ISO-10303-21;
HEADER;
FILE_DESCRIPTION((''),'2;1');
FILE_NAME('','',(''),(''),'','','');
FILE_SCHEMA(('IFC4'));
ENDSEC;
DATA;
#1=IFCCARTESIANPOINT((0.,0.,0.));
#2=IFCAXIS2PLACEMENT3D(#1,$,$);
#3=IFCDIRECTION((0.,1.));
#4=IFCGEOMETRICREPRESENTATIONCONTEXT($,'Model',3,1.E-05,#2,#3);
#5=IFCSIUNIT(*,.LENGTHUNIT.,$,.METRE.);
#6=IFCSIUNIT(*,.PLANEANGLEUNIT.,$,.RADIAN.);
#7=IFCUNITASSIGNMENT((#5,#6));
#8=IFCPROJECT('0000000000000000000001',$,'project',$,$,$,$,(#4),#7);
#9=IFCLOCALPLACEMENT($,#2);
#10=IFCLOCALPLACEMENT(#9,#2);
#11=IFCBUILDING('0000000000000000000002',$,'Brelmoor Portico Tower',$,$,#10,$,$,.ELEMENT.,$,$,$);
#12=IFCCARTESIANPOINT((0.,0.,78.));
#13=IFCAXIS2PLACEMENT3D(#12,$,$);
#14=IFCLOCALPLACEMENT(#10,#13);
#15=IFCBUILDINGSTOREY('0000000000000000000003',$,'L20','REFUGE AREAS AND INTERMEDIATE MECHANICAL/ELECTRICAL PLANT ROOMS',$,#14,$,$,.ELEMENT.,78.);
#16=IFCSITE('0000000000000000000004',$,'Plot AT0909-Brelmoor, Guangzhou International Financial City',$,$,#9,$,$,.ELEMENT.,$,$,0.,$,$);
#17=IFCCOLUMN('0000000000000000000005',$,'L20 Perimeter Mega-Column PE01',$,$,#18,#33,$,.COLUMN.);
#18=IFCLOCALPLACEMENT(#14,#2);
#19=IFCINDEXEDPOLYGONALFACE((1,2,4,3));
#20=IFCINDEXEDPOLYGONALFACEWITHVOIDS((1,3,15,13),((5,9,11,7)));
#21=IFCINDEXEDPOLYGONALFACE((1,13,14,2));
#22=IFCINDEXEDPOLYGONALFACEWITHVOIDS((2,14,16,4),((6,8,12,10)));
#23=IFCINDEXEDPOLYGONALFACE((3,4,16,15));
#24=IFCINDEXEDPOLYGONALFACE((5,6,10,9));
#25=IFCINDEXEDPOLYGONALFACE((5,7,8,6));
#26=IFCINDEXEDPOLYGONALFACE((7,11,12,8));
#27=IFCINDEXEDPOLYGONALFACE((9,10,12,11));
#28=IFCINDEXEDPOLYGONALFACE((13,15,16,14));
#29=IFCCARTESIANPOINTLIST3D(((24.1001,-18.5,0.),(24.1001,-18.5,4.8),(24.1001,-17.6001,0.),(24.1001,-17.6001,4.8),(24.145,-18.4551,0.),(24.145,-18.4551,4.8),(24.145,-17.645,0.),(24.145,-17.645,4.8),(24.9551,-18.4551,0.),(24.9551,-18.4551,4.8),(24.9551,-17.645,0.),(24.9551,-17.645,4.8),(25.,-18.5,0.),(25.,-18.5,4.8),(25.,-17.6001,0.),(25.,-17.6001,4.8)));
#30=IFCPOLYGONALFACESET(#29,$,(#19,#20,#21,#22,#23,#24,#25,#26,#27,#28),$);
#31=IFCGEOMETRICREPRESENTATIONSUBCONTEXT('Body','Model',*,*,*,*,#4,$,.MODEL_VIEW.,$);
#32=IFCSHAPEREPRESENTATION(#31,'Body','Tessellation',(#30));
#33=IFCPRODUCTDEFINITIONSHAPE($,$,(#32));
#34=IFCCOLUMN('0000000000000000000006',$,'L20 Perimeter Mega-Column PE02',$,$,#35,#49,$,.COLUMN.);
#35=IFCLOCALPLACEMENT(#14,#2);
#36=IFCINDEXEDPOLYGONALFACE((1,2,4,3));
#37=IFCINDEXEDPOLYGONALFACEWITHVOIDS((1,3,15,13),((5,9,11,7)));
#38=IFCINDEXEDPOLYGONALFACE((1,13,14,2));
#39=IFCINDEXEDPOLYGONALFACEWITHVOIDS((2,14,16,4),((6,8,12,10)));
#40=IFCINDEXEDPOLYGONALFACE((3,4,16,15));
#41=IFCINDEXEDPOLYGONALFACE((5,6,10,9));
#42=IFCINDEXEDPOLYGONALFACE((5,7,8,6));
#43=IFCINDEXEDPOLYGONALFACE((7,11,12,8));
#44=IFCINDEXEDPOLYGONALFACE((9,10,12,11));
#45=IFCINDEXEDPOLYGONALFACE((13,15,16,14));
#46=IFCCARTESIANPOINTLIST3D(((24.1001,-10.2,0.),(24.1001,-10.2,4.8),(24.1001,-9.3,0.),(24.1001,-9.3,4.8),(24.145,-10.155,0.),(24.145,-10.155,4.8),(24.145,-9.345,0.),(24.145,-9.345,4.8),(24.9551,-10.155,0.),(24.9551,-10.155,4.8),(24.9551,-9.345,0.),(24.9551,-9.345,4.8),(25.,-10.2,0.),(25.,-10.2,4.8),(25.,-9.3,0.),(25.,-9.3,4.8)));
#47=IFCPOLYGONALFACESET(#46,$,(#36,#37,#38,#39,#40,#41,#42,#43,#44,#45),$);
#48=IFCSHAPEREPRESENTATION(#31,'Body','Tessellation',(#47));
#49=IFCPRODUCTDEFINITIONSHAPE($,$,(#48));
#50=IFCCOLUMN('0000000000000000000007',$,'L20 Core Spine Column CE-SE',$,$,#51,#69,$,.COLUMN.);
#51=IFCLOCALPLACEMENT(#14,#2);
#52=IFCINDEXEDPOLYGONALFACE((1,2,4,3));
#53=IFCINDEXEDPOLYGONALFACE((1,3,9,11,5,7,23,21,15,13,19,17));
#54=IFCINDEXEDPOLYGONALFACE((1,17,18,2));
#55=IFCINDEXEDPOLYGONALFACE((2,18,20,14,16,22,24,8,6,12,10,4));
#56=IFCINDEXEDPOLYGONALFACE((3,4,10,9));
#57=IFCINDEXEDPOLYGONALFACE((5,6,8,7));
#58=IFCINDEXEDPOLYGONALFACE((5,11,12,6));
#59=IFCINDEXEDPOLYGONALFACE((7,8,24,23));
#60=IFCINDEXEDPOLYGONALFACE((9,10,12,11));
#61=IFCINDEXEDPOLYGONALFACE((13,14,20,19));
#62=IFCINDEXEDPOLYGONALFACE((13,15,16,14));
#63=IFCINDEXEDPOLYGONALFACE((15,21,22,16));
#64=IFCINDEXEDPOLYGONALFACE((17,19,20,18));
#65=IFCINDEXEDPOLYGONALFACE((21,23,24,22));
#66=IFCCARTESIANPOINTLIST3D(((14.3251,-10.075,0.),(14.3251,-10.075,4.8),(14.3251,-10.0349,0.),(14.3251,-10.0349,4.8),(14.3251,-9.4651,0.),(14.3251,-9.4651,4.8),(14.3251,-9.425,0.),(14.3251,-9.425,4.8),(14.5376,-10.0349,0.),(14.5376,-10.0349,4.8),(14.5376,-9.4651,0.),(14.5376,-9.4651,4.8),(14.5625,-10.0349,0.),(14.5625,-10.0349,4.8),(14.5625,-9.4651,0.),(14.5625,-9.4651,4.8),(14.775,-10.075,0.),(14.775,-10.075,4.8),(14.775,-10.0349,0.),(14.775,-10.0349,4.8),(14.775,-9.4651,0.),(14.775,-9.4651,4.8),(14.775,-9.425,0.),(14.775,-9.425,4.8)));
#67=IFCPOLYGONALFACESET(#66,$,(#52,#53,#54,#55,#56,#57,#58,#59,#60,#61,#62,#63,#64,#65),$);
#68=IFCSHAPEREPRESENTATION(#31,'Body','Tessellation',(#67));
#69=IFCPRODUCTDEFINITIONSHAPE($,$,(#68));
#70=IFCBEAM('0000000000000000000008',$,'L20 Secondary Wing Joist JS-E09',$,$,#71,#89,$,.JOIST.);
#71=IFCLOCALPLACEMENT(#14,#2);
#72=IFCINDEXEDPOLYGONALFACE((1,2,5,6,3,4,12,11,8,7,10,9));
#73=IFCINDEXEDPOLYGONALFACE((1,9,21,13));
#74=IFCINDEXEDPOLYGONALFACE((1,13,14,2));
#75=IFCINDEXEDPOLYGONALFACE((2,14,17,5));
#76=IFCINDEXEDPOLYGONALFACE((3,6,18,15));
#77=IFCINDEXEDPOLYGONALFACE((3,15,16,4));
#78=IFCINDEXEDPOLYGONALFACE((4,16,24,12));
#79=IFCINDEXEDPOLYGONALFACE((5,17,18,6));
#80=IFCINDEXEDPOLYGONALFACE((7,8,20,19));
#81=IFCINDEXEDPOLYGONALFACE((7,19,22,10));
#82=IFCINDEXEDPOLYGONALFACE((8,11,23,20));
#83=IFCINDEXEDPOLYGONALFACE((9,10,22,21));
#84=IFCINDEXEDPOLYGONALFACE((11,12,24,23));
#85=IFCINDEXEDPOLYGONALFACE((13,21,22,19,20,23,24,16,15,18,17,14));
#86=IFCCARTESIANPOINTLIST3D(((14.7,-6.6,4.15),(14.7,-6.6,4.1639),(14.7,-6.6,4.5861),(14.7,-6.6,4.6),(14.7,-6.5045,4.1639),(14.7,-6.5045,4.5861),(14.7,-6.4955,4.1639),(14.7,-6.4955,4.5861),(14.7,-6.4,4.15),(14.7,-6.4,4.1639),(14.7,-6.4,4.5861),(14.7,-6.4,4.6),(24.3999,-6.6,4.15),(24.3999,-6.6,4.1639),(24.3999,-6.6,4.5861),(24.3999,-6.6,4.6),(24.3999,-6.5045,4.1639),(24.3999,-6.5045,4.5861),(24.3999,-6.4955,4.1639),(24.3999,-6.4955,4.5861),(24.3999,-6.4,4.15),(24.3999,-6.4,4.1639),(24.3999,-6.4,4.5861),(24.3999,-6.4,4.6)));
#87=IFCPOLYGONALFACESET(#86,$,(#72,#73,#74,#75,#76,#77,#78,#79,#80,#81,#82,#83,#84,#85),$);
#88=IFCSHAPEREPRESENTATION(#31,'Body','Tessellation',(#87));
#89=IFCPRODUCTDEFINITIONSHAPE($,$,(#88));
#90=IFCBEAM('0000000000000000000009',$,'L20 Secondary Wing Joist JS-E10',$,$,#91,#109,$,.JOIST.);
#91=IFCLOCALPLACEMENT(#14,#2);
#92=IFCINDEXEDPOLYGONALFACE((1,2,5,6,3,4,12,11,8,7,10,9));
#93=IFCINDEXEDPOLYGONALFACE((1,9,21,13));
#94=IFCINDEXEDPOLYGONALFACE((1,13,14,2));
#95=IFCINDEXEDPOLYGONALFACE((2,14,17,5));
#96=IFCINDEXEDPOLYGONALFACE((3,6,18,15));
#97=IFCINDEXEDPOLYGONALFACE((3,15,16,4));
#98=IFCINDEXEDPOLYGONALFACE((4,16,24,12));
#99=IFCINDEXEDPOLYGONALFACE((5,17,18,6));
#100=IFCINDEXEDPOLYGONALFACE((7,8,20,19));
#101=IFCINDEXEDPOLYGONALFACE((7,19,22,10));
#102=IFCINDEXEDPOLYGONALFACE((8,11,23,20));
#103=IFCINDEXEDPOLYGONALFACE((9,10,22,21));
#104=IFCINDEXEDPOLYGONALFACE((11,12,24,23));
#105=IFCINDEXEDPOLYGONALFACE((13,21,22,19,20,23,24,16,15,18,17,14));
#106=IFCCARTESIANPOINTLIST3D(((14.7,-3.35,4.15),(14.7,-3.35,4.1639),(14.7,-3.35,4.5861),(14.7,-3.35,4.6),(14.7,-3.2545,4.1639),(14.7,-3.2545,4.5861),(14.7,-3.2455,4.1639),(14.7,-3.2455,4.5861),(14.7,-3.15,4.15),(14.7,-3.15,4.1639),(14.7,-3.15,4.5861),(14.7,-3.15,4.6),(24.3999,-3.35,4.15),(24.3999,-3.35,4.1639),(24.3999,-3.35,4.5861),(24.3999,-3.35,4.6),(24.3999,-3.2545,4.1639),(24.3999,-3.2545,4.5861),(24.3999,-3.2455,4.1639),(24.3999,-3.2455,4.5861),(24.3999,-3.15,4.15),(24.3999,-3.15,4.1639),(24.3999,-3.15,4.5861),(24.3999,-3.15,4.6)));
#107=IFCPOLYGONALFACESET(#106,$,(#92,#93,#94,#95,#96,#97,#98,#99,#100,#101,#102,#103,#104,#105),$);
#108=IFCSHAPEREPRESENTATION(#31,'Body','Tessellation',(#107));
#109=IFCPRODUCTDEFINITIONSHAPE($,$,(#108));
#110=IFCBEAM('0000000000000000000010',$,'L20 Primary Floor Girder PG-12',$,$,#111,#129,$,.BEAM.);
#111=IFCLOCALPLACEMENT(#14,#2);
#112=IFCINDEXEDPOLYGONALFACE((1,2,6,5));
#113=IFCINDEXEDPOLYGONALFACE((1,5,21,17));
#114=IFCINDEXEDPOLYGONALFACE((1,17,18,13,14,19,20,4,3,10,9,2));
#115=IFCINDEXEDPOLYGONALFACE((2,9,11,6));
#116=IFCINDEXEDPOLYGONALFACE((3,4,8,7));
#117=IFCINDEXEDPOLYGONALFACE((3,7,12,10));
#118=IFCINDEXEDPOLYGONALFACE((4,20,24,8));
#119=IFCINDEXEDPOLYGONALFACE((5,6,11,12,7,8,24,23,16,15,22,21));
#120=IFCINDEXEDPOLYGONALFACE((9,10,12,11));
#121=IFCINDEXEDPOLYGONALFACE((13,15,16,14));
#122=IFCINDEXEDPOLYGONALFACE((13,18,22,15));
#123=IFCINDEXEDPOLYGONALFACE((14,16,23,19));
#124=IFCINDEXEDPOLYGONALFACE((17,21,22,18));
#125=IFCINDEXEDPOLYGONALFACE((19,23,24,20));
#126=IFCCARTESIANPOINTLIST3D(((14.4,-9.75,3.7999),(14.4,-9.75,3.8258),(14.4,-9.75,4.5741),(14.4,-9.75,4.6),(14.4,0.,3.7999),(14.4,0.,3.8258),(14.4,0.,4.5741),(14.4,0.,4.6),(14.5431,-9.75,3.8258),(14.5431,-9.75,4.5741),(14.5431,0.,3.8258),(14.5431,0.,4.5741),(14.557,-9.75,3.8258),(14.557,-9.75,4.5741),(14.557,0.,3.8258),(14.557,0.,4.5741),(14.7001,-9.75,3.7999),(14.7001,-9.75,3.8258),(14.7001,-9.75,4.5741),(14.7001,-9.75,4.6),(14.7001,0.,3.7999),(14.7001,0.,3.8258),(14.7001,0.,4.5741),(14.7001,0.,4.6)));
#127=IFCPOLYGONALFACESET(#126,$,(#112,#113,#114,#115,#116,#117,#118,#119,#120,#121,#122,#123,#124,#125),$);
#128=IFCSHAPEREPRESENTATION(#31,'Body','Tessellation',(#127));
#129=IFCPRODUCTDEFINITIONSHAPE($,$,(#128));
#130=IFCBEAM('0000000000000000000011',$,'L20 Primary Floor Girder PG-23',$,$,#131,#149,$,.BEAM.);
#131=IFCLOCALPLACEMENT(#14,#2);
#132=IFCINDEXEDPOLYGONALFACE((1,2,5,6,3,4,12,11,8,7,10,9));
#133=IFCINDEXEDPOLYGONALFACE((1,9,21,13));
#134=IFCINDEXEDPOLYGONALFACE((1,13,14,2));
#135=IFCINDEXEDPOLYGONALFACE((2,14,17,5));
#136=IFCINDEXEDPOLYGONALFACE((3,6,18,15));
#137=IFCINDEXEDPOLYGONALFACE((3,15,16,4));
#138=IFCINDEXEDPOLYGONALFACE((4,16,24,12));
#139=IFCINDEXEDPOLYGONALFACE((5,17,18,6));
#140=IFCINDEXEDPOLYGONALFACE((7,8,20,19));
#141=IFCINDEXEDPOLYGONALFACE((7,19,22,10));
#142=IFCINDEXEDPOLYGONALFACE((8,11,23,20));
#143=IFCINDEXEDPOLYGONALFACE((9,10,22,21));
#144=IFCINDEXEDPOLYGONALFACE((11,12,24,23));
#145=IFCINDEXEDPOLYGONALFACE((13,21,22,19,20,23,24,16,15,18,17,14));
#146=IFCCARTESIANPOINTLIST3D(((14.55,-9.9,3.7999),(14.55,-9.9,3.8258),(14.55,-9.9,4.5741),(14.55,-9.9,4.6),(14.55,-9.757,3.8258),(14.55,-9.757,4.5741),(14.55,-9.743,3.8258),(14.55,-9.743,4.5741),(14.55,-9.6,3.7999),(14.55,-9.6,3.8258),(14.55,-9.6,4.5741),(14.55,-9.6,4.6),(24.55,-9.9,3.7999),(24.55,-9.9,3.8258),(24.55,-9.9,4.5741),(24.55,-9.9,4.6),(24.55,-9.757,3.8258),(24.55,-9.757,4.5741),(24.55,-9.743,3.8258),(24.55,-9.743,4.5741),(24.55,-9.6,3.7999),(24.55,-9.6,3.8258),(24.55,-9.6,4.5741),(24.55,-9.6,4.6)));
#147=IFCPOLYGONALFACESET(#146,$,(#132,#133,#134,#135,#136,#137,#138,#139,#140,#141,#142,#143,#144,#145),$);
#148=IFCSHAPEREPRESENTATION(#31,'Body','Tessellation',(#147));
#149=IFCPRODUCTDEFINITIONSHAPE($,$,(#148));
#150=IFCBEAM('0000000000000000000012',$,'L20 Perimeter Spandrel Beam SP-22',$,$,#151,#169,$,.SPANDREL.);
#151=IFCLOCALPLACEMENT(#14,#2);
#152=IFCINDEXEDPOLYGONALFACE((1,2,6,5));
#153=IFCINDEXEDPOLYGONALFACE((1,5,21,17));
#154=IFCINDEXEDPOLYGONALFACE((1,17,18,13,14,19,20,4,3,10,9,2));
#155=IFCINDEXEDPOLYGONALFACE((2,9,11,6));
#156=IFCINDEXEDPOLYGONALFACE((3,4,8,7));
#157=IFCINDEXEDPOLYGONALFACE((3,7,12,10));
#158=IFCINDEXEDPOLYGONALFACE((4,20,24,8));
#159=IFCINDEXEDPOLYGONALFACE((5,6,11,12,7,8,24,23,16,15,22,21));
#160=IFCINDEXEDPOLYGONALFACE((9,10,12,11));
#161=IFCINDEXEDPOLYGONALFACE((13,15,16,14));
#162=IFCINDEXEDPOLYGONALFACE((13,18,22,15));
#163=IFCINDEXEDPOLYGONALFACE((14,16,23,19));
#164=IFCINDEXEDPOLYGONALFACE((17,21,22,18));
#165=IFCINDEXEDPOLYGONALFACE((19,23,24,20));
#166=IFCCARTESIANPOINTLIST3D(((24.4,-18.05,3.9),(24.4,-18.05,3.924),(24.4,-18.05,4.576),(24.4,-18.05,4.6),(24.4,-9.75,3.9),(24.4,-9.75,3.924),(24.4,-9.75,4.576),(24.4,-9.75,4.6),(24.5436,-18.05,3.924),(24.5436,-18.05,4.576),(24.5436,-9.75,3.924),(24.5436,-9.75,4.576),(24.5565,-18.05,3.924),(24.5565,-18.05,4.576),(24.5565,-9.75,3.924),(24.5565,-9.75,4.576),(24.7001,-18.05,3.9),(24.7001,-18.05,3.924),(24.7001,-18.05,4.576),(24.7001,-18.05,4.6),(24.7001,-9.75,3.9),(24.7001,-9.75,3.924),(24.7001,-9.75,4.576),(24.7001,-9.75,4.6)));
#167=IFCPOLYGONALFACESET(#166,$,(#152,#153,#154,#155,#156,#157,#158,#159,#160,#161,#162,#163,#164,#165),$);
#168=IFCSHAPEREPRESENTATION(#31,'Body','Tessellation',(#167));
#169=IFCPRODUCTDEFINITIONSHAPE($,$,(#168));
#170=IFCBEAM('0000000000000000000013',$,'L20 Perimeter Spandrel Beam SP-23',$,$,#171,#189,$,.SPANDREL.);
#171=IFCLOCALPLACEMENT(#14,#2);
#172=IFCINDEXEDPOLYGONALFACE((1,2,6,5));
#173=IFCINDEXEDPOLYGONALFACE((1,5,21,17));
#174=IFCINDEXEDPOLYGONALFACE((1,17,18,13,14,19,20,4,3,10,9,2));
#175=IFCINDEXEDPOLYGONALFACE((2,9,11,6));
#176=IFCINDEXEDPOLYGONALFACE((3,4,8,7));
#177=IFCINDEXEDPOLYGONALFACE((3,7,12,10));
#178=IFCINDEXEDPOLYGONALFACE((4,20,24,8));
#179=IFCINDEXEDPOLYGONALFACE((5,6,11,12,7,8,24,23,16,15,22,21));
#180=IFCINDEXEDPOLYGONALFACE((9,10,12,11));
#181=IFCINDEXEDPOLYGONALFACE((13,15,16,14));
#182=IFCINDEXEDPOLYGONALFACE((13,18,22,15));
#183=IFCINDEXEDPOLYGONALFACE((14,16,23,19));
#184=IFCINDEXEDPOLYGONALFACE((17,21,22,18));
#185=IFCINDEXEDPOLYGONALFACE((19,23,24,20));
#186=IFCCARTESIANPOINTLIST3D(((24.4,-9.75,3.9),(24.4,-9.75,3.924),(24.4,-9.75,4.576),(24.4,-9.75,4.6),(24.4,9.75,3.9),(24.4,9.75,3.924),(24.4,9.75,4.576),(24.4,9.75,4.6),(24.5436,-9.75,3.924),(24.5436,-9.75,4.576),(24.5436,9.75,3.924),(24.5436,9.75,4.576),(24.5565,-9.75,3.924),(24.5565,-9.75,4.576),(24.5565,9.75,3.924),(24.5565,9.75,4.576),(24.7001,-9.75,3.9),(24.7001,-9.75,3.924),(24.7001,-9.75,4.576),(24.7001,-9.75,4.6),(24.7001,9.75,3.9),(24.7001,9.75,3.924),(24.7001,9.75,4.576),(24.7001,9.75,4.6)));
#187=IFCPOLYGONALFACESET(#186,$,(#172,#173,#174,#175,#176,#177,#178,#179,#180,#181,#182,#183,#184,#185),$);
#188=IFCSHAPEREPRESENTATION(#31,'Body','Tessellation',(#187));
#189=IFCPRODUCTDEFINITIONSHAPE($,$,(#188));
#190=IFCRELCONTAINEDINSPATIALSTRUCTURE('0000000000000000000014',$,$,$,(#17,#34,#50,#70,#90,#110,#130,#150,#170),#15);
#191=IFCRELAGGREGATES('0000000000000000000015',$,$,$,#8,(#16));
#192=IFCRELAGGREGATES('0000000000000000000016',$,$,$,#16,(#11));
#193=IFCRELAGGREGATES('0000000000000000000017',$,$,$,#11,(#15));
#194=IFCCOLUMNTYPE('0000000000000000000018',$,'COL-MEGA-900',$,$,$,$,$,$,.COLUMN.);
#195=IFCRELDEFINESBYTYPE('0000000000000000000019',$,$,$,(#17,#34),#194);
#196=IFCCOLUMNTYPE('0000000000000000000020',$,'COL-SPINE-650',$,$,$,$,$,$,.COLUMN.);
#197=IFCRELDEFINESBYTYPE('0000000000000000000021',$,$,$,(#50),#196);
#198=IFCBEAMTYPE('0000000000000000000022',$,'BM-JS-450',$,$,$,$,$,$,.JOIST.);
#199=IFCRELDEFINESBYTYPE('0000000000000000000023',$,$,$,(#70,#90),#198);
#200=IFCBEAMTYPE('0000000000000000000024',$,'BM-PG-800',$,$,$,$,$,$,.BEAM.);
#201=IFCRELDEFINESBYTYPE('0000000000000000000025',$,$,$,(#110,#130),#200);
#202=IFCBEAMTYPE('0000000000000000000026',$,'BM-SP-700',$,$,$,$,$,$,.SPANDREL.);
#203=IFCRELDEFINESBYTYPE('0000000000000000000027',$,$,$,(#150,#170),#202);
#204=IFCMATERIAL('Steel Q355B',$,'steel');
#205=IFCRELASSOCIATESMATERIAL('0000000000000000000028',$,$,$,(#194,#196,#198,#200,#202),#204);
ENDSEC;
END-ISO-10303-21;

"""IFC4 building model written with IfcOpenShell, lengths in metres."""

from ifc_helpers import new_model, si_unit, direction, frame, origin, origin_2d, place, context, subcontext, project, spatial, hollow_rectangle, i_section, extrude, material, material_profile, profile_set, type_object, element, save


model = new_model("IFC4")

# Units and contexts
model_context = context("Model", 3, precision=1e-05, world=origin(), true_north=direction((0.0, 1.0)))
body_context = subcontext(model_context, "Body", "Model", "MODEL_VIEW")
ifc_project = project(units=[si_unit("LENGTHUNIT", "METRE"), si_unit("PLANEANGLEUNIT", "RADIAN")], contexts=[model_context])

# Site, building, storey
site_placement = place(None, origin())
site = spatial("IfcSite", under=ifc_project, at=site_placement, Name="Plot AT0909-Brelmoor, Guangzhou International Financial City", CompositionType="ELEMENT", RefElevation=0.0)
building_placement = place(site_placement, origin())
building = spatial("IfcBuilding", under=site, at=building_placement, Name="Brelmoor Portico Tower", CompositionType="ELEMENT")
storey_placement = place(building_placement, frame((0.0, 0.0, 78.0)))
storey = spatial("IfcBuildingStorey", under=building, at=storey_placement, Name="L20", Description="REFUGE AREAS AND INTERMEDIATE MECHANICAL/ELECTRICAL PLANT ROOMS", CompositionType="ELEMENT", Elevation=78.0)

# Columns
ifc_material_1 = material(Name="Steel Q355B", Category="steel")
ifc_material_profile_1 = material_profile(ifc_material_1, hollow_rectangle(XDim=0.8999, YDim=0.8999, WallThickness=0.0449, at=origin_2d()), Name="BOX 900x900x45")
ifc_profile_set_1 = profile_set([ifc_material_profile_1], Name="Steel Q355B")
column_type_1 = type_object("IfcColumnType", Name="COL-MEGA-900", PredefinedType="COLUMN", material=ifc_profile_set_1)
for number, where, z_axis, x_axis, name in (
    (1, (24.55, -18.05, 0.0), (0.0, 0.0, 1.0), (0.0, 1.0, 0.0), "L20 Perimeter Mega-Column PE01"),
    (2, (24.55, -9.75, 0.0), (0.0, 0.0, 1.0), (0.0, 1.0, 0.0), "L20 Perimeter Mega-Column PE02"),
):
    element("IfcColumn", number, at=place(storey_placement, frame(where, z_axis=z_axis, x_axis=x_axis)), inside=storey, type_object=column_type_1, Name=name, PredefinedType="COLUMN", context=body_context, shape_type="SweptSolid", body=[
        extrude(hollow_rectangle(XDim=0.8999, YDim=0.8999, WallThickness=0.0449, at=origin_2d()), origin(), (0.0, 0.0, 1.0), 4.8),
    ])
ifc_material_profile_2 = material_profile(ifc_material_1, i_section(OverallWidth=0.45, OverallDepth=0.6499, WebThickness=0.0249, FlangeThickness=0.04, at=origin_2d()), Name="HW 650x450x25x40")
ifc_profile_set_2 = profile_set([ifc_material_profile_2], Name="Steel Q355B")
column_type_2 = type_object("IfcColumnType", Name="COL-SPINE-650", PredefinedType="COLUMN", material=ifc_profile_set_2)
column_placement = place(storey_placement, frame((14.55, -9.75, 0.0), z_axis=(0.0, 0.0, 1.0), x_axis=(1.0, 0.0, 0.0)))
element("IfcColumn", 3, at=column_placement, inside=storey, type_object=column_type_2, Name="L20 Core Spine Column CE-SE", PredefinedType="COLUMN", context=body_context, shape_type="SweptSolid", body=[
    extrude(i_section(OverallWidth=0.45, OverallDepth=0.6499, WebThickness=0.0249, FlangeThickness=0.04, at=origin_2d()), origin(), (0.0, 0.0, 1.0), 4.8),
])

# Beams
ifc_material_profile_3 = material_profile(ifc_material_1, i_section(OverallWidth=0.2, OverallDepth=0.45, WebThickness=0.009, FlangeThickness=0.0139, at=origin_2d()), Name="HN 450x200x9x14")
ifc_profile_set_3 = profile_set([ifc_material_profile_3], Name="Steel Q355B")
beam_type_1 = type_object("IfcBeamType", Name="BM-JS-450", PredefinedType="JOIST", material=ifc_profile_set_3)
for number, where, z_axis, x_axis, name in (
    (4, (14.7, -6.5, 4.375), (1.0, 0.0, 0.0), (0.0, 1.0, 0.0), "L20 Secondary Wing Joist JS-E09"),
    (5, (14.7, -3.25, 4.375), (1.0, 0.0, 0.0), (0.0, 1.0, 0.0), "L20 Secondary Wing Joist JS-E10"),
):
    element("IfcBeam", number, at=place(storey_placement, frame(where, z_axis=z_axis, x_axis=x_axis)), inside=storey, type_object=beam_type_1, Name=name, PredefinedType="JOIST", context=body_context, shape_type="SweptSolid", body=[
        extrude(i_section(OverallWidth=0.2, OverallDepth=0.45, WebThickness=0.009, FlangeThickness=0.0139, at=origin_2d()), origin(), (0.0, 0.0, 1.0), 9.7),
    ])
ifc_material_profile_4 = material_profile(ifc_material_1, i_section(OverallWidth=0.3, OverallDepth=0.8, WebThickness=0.0139, FlangeThickness=0.0259, at=origin_2d()), Name="HN 800x300x14x26")
ifc_profile_set_4 = profile_set([ifc_material_profile_4], Name="Steel Q355B")
beam_type_2 = type_object("IfcBeamType", Name="BM-PG-800", PredefinedType="BEAM", material=ifc_profile_set_4)
beam_1_placement = place(storey_placement, frame((14.55, -9.75, 4.2), z_axis=(0.0, 1.0, 0.0), x_axis=(-1.0, 0.0, 0.0)))
element("IfcBeam", 6, at=beam_1_placement, inside=storey, type_object=beam_type_2, Name="L20 Primary Floor Girder PG-12", PredefinedType="BEAM", context=body_context, shape_type="SweptSolid", body=[
    extrude(i_section(OverallWidth=0.3, OverallDepth=0.8, WebThickness=0.0139, FlangeThickness=0.0259, at=origin_2d()), origin(), (0.0, 0.0, 1.0), 9.75),
])
beam_2_placement = place(storey_placement, frame((14.55, -9.75, 4.2), z_axis=(1.0, 0.0, 0.0), x_axis=(0.0, 1.0, 0.0)))
element("IfcBeam", 7, at=beam_2_placement, inside=storey, type_object=beam_type_2, Name="L20 Primary Floor Girder PG-23", PredefinedType="BEAM", context=body_context, shape_type="SweptSolid", body=[
    extrude(i_section(OverallWidth=0.3, OverallDepth=0.8, WebThickness=0.0139, FlangeThickness=0.0259, at=origin_2d()), origin(), (0.0, 0.0, 1.0), 10.0),
])
ifc_material_profile_5 = material_profile(ifc_material_1, i_section(OverallWidth=0.3, OverallDepth=0.7, WebThickness=0.0129, FlangeThickness=0.0239, at=origin_2d()), Name="HN 700x300x13x24")
ifc_profile_set_5 = profile_set([ifc_material_profile_5], Name="Steel Q355B")
beam_type_3 = type_object("IfcBeamType", Name="BM-SP-700", PredefinedType="SPANDREL", material=ifc_profile_set_5)
beam_3_placement = place(storey_placement, frame((24.55, -18.05, 4.25), z_axis=(0.0, 1.0, 0.0), x_axis=(-1.0, 0.0, 0.0)))
element("IfcBeam", 8, at=beam_3_placement, inside=storey, type_object=beam_type_3, Name="L20 Perimeter Spandrel Beam SP-22", PredefinedType="SPANDREL", context=body_context, shape_type="SweptSolid", body=[
    extrude(i_section(OverallWidth=0.3, OverallDepth=0.7, WebThickness=0.0129, FlangeThickness=0.0239, at=origin_2d()), origin(), (0.0, 0.0, 1.0), 8.3),
])
beam_4_placement = place(storey_placement, frame((24.55, -9.75, 4.25), z_axis=(0.0, 1.0, 0.0), x_axis=(-1.0, 0.0, 0.0)))
element("IfcBeam", 9, at=beam_4_placement, inside=storey, type_object=beam_type_3, Name="L20 Perimeter Spandrel Beam SP-23", PredefinedType="SPANDREL", context=body_context, shape_type="SweptSolid", body=[
    extrude(i_section(OverallWidth=0.3, OverallDepth=0.7, WebThickness=0.0129, FlangeThickness=0.0239, at=origin_2d()), origin(), (0.0, 0.0, 1.0), 19.5),
])

save(model, "model.ifc")
